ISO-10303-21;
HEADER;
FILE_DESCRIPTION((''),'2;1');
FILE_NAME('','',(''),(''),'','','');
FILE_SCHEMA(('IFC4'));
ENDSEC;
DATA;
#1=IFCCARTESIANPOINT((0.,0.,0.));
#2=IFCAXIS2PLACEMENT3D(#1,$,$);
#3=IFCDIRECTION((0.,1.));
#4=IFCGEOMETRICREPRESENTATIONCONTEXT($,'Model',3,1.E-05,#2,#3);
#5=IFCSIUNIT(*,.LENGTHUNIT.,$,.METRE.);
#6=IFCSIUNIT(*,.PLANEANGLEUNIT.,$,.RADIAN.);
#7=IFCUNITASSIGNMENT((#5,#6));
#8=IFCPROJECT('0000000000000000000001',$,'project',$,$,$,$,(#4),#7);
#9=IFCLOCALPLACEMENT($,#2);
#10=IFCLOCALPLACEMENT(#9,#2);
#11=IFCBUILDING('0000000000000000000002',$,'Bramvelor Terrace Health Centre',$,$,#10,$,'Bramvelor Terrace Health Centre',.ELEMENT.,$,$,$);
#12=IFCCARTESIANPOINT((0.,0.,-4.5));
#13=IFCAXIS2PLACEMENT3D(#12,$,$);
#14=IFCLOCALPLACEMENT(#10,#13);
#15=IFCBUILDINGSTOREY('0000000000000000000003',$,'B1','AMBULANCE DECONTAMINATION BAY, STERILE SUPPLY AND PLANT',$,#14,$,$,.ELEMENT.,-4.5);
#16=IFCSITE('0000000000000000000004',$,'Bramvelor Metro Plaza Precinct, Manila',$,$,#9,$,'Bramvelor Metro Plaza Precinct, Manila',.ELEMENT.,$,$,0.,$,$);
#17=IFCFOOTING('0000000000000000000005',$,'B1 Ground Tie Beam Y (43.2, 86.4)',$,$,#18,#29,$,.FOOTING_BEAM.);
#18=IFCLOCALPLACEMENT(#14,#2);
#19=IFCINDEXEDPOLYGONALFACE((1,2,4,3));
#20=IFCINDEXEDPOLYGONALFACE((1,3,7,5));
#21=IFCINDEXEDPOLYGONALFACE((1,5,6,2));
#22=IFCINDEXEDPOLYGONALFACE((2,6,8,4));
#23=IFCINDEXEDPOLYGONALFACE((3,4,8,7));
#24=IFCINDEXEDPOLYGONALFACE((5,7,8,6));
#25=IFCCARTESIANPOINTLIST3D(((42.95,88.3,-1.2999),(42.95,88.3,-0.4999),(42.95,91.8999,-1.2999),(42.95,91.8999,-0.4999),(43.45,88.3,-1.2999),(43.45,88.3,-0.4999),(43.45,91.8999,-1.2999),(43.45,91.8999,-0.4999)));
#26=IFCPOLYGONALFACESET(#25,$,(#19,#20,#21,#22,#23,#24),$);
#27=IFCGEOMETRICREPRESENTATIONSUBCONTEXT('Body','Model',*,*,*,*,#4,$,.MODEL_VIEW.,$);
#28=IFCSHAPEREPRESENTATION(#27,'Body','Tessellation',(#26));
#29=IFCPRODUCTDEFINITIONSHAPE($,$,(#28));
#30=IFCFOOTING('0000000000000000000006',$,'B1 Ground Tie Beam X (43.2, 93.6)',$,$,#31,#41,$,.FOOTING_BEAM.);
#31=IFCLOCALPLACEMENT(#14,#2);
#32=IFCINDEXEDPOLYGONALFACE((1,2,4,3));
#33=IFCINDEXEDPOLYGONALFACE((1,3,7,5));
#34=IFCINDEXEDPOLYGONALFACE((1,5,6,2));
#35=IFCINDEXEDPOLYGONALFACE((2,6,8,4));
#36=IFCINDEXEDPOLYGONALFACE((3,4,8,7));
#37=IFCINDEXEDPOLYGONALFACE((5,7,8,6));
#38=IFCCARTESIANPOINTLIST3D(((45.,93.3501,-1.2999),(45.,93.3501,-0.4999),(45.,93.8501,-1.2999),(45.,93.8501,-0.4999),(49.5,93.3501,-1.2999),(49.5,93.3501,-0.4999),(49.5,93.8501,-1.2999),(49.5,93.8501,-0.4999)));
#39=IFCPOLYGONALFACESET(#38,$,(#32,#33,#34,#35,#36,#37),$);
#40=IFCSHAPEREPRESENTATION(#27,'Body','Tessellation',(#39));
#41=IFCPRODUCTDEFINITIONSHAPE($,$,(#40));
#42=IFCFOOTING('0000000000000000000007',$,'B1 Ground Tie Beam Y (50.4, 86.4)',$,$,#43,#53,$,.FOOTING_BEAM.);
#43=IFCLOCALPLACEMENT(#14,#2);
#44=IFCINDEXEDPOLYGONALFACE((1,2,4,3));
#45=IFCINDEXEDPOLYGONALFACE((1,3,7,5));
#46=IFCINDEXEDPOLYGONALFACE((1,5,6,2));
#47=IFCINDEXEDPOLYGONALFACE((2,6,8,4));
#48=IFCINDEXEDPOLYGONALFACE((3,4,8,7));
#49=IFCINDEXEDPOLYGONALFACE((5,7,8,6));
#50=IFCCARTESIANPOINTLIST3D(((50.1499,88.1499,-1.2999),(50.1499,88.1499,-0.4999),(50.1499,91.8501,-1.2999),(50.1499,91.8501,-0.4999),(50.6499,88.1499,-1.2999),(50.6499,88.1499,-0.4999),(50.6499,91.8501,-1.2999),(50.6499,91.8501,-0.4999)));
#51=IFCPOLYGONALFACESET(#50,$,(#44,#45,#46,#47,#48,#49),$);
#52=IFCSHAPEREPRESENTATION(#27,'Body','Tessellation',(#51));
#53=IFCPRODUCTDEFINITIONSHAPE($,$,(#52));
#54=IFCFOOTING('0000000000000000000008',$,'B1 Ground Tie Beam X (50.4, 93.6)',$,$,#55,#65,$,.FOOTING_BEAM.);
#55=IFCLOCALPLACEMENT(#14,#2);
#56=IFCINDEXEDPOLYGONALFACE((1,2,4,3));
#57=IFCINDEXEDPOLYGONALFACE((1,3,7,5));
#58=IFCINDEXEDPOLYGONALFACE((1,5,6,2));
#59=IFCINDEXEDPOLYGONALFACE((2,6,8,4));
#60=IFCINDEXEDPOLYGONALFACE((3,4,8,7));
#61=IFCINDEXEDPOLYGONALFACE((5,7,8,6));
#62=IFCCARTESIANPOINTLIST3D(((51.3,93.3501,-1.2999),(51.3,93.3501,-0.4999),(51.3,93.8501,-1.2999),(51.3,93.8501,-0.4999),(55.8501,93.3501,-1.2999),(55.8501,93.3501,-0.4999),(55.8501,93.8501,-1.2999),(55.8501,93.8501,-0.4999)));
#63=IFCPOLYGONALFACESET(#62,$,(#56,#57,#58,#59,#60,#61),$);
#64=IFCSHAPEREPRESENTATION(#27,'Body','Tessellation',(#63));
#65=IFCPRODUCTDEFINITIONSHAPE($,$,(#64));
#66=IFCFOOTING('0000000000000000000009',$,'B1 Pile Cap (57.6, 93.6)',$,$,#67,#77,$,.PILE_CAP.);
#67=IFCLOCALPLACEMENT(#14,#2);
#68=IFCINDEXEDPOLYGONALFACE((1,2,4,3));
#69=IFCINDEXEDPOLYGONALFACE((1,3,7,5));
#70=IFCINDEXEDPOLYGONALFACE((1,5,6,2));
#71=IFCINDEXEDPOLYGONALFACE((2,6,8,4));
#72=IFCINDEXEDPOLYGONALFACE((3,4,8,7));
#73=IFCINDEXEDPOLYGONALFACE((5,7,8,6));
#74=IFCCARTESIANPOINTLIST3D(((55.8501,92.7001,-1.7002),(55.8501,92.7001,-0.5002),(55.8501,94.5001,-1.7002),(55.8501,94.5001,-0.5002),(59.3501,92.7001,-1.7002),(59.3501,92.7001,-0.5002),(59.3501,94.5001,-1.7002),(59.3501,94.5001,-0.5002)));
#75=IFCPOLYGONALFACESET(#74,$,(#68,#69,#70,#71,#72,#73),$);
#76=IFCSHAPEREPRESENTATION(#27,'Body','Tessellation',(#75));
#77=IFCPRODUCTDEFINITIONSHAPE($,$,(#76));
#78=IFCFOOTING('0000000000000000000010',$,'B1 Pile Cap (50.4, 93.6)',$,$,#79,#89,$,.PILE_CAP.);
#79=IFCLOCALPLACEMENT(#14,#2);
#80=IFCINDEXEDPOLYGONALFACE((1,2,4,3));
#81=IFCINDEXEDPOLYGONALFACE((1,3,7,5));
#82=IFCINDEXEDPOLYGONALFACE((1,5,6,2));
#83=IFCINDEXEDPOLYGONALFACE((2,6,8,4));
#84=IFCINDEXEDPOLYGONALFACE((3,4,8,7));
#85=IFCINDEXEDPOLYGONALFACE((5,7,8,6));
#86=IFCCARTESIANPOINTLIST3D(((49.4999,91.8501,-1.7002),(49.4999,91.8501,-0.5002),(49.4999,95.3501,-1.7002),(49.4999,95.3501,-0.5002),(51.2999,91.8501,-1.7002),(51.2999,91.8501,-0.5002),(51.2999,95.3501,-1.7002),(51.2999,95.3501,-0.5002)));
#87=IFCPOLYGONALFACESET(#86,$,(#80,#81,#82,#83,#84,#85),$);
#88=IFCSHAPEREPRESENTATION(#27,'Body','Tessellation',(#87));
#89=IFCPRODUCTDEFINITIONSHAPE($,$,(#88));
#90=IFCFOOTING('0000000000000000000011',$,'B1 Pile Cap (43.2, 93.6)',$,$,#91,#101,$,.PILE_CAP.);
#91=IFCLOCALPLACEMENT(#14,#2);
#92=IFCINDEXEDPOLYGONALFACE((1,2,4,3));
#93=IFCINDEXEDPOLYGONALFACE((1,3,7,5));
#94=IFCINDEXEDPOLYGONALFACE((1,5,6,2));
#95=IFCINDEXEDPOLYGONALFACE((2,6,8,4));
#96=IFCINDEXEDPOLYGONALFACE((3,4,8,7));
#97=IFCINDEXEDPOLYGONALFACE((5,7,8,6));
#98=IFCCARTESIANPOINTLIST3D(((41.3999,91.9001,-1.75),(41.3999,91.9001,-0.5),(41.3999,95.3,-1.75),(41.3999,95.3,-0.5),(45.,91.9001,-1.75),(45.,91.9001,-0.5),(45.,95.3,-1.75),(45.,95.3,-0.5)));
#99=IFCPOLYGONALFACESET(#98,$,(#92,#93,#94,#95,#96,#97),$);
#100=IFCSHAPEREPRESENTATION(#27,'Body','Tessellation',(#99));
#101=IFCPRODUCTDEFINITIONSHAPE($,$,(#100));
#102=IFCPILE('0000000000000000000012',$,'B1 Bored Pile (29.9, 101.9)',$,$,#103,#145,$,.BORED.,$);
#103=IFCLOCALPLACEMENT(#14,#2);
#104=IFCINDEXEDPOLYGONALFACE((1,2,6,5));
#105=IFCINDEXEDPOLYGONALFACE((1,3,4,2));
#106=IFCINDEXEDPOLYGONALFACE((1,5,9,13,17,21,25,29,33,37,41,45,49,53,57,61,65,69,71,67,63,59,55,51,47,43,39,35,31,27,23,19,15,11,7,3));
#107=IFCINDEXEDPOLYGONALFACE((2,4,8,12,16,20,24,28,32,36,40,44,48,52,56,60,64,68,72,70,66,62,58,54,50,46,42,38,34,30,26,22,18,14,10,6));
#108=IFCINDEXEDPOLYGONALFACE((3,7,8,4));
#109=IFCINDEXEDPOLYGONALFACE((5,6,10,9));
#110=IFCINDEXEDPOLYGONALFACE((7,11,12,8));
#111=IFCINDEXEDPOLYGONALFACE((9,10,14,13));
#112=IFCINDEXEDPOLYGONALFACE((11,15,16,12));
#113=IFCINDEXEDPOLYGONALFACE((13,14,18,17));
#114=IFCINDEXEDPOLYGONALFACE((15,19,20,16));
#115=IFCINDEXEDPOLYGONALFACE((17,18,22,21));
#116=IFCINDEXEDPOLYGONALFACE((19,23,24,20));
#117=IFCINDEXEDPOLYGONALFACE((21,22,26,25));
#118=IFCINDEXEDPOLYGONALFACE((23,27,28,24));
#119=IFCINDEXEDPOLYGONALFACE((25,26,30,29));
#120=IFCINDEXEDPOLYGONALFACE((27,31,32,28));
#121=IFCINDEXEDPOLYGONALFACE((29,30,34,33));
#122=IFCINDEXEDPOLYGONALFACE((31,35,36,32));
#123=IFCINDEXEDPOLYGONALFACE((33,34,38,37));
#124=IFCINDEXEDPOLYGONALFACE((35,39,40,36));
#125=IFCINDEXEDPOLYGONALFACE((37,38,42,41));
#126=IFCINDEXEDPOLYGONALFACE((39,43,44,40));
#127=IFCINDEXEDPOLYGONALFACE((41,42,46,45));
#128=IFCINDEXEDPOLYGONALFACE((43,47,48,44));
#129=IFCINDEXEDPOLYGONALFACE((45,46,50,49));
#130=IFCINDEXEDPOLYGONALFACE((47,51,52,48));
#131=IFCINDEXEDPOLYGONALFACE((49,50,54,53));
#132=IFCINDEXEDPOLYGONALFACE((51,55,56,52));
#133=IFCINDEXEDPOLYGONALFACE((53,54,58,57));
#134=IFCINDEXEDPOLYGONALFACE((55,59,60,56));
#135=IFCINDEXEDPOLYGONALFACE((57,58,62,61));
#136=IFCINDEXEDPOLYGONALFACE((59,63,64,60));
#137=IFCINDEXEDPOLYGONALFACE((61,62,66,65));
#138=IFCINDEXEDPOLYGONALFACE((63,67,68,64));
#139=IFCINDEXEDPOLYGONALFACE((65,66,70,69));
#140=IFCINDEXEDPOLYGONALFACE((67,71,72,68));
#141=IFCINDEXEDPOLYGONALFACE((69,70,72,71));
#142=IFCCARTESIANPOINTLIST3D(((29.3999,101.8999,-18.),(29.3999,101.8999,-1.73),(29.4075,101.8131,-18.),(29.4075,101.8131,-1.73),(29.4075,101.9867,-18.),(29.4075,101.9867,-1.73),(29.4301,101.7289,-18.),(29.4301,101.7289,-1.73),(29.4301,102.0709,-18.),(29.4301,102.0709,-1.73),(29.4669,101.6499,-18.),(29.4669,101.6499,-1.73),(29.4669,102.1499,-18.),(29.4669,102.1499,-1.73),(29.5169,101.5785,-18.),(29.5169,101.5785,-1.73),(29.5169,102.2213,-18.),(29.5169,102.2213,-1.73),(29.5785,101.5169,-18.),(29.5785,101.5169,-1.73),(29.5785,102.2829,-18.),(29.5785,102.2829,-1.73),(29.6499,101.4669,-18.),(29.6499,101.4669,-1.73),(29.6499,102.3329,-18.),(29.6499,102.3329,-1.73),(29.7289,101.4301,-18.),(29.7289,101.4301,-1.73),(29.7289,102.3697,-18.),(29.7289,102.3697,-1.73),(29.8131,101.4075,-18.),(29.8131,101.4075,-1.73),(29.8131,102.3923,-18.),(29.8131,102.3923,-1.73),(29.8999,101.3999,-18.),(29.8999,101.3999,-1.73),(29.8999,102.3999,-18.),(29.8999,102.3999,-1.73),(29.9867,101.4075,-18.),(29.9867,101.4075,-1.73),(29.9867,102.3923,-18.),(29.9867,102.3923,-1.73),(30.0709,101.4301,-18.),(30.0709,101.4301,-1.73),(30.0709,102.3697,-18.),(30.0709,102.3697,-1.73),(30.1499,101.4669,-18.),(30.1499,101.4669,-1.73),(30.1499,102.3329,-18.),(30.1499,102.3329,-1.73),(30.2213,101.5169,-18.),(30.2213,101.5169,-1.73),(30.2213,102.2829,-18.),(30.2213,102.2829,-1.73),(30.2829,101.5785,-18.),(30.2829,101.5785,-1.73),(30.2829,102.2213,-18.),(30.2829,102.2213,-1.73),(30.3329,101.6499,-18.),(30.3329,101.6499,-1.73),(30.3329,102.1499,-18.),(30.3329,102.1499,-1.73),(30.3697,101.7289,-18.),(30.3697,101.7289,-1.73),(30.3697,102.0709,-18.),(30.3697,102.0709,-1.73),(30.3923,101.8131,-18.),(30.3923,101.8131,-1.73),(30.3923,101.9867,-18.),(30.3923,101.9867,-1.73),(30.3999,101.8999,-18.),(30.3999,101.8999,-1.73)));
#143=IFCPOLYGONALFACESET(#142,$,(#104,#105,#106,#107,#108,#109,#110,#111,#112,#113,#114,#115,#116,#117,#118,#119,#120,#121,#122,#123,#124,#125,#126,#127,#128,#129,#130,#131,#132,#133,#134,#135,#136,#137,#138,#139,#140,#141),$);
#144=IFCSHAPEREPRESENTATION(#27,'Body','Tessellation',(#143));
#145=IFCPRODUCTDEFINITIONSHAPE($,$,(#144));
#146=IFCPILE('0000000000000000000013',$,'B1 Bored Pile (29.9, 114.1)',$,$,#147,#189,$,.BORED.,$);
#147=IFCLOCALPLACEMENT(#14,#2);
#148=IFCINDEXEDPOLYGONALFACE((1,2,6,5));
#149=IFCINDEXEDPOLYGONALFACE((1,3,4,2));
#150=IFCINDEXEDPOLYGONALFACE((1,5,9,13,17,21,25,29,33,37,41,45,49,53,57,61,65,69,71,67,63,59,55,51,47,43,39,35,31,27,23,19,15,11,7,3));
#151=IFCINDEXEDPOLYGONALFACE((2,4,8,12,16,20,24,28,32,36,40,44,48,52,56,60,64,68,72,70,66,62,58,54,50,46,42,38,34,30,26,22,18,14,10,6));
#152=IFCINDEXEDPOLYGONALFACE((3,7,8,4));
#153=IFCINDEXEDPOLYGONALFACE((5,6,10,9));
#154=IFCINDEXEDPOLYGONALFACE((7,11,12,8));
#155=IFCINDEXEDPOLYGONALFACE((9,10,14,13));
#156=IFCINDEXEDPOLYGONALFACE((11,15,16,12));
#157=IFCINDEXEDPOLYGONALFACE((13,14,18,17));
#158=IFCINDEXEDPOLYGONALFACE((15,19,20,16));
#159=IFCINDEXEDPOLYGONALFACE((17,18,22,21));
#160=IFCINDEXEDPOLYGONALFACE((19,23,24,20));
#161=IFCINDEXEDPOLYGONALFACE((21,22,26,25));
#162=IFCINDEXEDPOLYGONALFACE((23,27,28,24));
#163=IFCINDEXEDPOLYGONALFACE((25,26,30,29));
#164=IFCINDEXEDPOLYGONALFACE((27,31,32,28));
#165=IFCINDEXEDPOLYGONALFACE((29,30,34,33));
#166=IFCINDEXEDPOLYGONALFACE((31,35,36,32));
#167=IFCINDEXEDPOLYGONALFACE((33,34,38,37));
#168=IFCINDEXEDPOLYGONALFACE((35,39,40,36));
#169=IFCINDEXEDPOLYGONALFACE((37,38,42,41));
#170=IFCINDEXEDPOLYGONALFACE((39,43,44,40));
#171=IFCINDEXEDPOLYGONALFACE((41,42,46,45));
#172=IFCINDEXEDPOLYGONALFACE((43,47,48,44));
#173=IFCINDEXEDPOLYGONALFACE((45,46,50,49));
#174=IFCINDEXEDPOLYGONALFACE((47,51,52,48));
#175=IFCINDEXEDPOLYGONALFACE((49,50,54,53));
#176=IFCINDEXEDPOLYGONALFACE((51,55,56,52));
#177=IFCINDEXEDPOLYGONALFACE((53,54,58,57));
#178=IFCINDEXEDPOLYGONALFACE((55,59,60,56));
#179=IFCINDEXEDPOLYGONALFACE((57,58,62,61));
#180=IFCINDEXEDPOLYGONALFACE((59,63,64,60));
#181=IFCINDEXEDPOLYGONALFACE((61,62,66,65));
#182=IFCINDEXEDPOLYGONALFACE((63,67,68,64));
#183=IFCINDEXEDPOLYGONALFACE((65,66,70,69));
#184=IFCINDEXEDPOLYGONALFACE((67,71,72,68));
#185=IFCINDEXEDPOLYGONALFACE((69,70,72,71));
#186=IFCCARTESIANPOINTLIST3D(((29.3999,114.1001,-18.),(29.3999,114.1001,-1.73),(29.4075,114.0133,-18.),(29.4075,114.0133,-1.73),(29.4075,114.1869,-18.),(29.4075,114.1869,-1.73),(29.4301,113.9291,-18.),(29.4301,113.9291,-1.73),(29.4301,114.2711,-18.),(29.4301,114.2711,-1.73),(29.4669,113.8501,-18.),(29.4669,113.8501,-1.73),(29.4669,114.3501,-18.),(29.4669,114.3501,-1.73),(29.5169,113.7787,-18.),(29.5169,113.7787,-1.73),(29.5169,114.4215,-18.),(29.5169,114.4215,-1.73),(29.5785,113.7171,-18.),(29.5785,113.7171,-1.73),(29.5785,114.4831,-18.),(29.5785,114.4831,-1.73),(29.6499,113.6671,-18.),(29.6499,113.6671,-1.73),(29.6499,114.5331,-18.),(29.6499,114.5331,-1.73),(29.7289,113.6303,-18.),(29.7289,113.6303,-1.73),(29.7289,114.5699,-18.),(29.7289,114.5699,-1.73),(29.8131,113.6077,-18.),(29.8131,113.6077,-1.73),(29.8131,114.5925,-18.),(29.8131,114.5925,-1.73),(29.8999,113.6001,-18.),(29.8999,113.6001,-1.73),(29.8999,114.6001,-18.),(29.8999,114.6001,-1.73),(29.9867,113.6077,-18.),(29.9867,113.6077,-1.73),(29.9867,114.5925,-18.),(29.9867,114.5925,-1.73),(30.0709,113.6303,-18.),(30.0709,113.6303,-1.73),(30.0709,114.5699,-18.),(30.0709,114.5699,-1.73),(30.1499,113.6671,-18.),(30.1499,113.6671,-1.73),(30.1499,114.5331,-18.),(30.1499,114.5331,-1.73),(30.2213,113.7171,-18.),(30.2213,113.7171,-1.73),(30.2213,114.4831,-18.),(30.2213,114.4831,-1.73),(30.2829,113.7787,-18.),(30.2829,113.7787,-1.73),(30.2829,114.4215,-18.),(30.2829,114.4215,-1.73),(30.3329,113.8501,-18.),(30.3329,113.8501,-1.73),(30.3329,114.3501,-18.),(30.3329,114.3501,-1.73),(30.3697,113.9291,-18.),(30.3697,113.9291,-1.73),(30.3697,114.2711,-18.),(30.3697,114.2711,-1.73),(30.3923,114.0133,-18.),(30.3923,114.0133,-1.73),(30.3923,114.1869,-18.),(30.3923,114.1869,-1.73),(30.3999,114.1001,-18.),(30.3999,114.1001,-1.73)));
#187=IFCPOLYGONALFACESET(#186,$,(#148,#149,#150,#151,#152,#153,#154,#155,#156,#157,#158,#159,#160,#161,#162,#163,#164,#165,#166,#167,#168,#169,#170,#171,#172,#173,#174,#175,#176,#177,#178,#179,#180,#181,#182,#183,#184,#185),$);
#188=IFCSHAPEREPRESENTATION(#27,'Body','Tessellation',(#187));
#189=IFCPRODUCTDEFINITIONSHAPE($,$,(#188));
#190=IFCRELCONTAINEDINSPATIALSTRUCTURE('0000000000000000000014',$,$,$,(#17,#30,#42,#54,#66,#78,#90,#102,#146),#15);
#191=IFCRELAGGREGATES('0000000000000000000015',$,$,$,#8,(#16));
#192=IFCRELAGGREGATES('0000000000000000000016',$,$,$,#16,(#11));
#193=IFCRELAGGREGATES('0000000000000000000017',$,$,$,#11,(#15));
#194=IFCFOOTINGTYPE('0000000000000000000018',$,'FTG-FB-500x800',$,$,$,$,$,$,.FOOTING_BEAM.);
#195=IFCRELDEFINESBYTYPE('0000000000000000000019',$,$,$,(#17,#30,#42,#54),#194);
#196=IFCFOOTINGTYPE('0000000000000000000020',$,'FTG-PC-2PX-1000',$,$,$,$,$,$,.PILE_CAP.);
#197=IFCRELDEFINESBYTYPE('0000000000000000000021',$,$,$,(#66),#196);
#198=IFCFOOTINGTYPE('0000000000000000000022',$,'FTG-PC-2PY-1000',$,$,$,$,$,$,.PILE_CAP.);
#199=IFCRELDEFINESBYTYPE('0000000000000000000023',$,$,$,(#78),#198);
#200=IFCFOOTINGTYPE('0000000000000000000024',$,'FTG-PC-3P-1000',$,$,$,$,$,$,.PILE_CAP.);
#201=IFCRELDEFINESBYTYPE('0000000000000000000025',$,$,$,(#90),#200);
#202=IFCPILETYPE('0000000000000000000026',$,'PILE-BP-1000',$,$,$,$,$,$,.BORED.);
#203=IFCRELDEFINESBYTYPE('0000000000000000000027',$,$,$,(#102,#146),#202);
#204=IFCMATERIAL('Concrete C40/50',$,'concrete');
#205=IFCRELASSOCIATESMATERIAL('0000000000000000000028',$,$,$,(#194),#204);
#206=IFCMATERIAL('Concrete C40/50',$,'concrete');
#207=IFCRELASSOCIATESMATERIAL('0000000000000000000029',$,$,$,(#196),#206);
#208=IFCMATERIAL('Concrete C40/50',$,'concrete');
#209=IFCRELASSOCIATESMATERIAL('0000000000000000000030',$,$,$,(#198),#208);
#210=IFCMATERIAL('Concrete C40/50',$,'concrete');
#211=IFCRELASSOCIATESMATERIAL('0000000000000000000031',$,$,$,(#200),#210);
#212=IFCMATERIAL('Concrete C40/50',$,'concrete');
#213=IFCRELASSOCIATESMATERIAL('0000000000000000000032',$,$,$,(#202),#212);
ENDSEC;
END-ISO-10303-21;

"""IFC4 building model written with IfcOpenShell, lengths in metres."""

from ifc_helpers import new_model, si_unit, direction, frame, origin, origin_2d, place, context, subcontext, project, spatial, rectangle, circle, extrude, material, material_profile, profile_set, type_object, element, save


model = new_model("IFC4")

# Units and contexts
model_context = context("Model", 3, precision=1e-05, world=origin(), true_north=direction((0.0, 1.0)))
body_context = subcontext(model_context, "Body", "Model", "MODEL_VIEW")
ifc_project = project(units=[si_unit("LENGTHUNIT", "METRE"), si_unit("PLANEANGLEUNIT", "RADIAN")], contexts=[model_context])

# Site, building, storey
site_placement = place(None, origin())
site = spatial("IfcSite", under=ifc_project, at=site_placement, Name="Bramvelor Metro Plaza Precinct, Manila", LongName="Bramvelor Metro Plaza Precinct, Manila", CompositionType="ELEMENT", RefElevation=0.0)
building_placement = place(site_placement, origin())
building = spatial("IfcBuilding", under=site, at=building_placement, Name="Bramvelor Terrace Health Centre", LongName="Bramvelor Terrace Health Centre", CompositionType="ELEMENT")
storey_placement = place(building_placement, frame((0.0, 0.0, -4.5)))
storey = spatial("IfcBuildingStorey", under=building, at=storey_placement, Name="B1", Description="AMBULANCE DECONTAMINATION BAY, STERILE SUPPLY AND PLANT", CompositionType="ELEMENT", Elevation=-4.5)

# Footings
ifc_material_1 = material(Name="Concrete C40/50", Category="concrete")
ifc_material_profile_1 = material_profile(ifc_material_1, rectangle(XDim=0.5, YDim=0.8, at=origin_2d()), Name="RC 500x800")
ifc_profile_set_1 = profile_set([ifc_material_profile_1], Name="Concrete C40/50")
footing_type_1 = type_object("IfcFootingType", Name="FTG-FB-500x800", PredefinedType="FOOTING_BEAM", material=ifc_profile_set_1)
footing_1_placement = place(storey_placement, frame((43.2, 88.3, -0.8999), z_axis=(0.0, 1.0, 0.0), x_axis=(-1.0, 0.0, 0.0)))
element("IfcFooting", 1, at=footing_1_placement, inside=storey, type_object=footing_type_1, Name="B1 Ground Tie Beam Y (43.2, 86.4)", PredefinedType="FOOTING_BEAM", context=body_context, shape_type="SweptSolid", body=[
    extrude(rectangle(XDim=0.5, YDim=0.8, at=origin_2d()), origin(), (0.0, 0.0, 1.0), 3.5999),
])
footing_2_placement = place(storey_placement, frame((45.0, 93.6001, -0.8999), z_axis=(1.0, 0.0, 0.0), x_axis=(0.0, 1.0, 0.0)))
element("IfcFooting", 2, at=footing_2_placement, inside=storey, type_object=footing_type_1, Name="B1 Ground Tie Beam X (43.2, 93.6)", PredefinedType="FOOTING_BEAM", context=body_context, shape_type="SweptSolid", body=[
    extrude(rectangle(XDim=0.5, YDim=0.8, at=origin_2d()), origin(), (0.0, 0.0, 1.0), 4.5),
])
footing_3_placement = place(storey_placement, frame((50.3999, 88.1499, -0.8999), z_axis=(0.0, 1.0, 0.0), x_axis=(-1.0, 0.0, 0.0)))
element("IfcFooting", 3, at=footing_3_placement, inside=storey, type_object=footing_type_1, Name="B1 Ground Tie Beam Y (50.4, 86.4)", PredefinedType="FOOTING_BEAM", context=body_context, shape_type="SweptSolid", body=[
    extrude(rectangle(XDim=0.5, YDim=0.8, at=origin_2d()), origin(), (0.0, 0.0, 1.0), 3.7002),
])
footing_4_placement = place(storey_placement, frame((51.3, 93.6001, -0.8999), z_axis=(1.0, 0.0, 0.0), x_axis=(0.0, 1.0, 0.0)))
element("IfcFooting", 4, at=footing_4_placement, inside=storey, type_object=footing_type_1, Name="B1 Ground Tie Beam X (50.4, 93.6)", PredefinedType="FOOTING_BEAM", context=body_context, shape_type="SweptSolid", body=[
    extrude(rectangle(XDim=0.5, YDim=0.8, at=origin_2d()), origin(), (0.0, 0.0, 1.0), 4.55),
])
ifc_material_2 = material(Name="Concrete C40/50", Category="concrete")
footing_type_2 = type_object("IfcFootingType", Name="FTG-PC-2PX-1000", PredefinedType="PILE_CAP", material=ifc_material_2)
footing_5_placement = place(storey_placement, frame((57.6001, 93.6001, -1.7002), z_axis=(0.0, 0.0, 1.0), x_axis=(1.0, 0.0, 0.0)))
element("IfcFooting", 5, at=footing_5_placement, inside=storey, type_object=footing_type_2, Name="B1 Pile Cap (57.6, 93.6)", PredefinedType="PILE_CAP", context=body_context, shape_type="SweptSolid", body=[
    extrude(rectangle(XDim=3.5, YDim=1.8, at=origin_2d()), origin(), (0.0, 0.0, 1.0), 1.2),
])
ifc_material_3 = material(Name="Concrete C40/50", Category="concrete")
footing_type_3 = type_object("IfcFootingType", Name="FTG-PC-2PY-1000", PredefinedType="PILE_CAP", material=ifc_material_3)
footing_6_placement = place(storey_placement, frame((50.3999, 93.6001, -1.7002), z_axis=(0.0, 0.0, 1.0), x_axis=(1.0, 0.0, 0.0)))
element("IfcFooting", 6, at=footing_6_placement, inside=storey, type_object=footing_type_3, Name="B1 Pile Cap (50.4, 93.6)", PredefinedType="PILE_CAP", context=body_context, shape_type="SweptSolid", body=[
    extrude(rectangle(XDim=1.8, YDim=3.5, at=origin_2d()), origin(), (0.0, 0.0, 1.0), 1.2),
])
ifc_material_4 = material(Name="Concrete C40/50", Category="concrete")
footing_type_4 = type_object("IfcFootingType", Name="FTG-PC-3P-1000", PredefinedType="PILE_CAP", material=ifc_material_4)
footing_7_placement = place(storey_placement, frame((43.2, 93.6001, -1.75), z_axis=(0.0, 0.0, 1.0), x_axis=(1.0, 0.0, 0.0)))
element("IfcFooting", 7, at=footing_7_placement, inside=storey, type_object=footing_type_4, Name="B1 Pile Cap (43.2, 93.6)", PredefinedType="PILE_CAP", context=body_context, shape_type="SweptSolid", body=[
    extrude(rectangle(XDim=3.6001, YDim=3.3999, at=origin_2d()), origin(), (0.0, 0.0, 1.0), 1.25),
])

# Piles
ifc_material_5 = material(Name="Concrete C40/50", Category="concrete")
ifc_material_profile_2 = material_profile(ifc_material_5, circle(Radius=0.5, at=origin_2d()), Name="BP D1000")
ifc_profile_set_2 = profile_set([ifc_material_profile_2], Name="Concrete C40/50")
pile_type = type_object("IfcPileType", Name="PILE-BP-1000", PredefinedType="BORED", material=ifc_profile_set_2)
for number, where, z_axis, x_axis, name in (
    (8, (29.8999, 101.8999, -1.73), (0.0, 0.0, -1.0), (1.0, 0.0, 0.0), "B1 Bored Pile (29.9, 101.9)"),
    (9, (29.8999, 114.1001, -1.73), (0.0, 0.0, -1.0), (1.0, 0.0, 0.0), "B1 Bored Pile (29.9, 114.1)"),
):
    element("IfcPile", number, at=place(storey_placement, frame(where, z_axis=z_axis, x_axis=x_axis)), inside=storey, type_object=pile_type, Name=name, PredefinedType="BORED", context=body_context, shape_type="SweptSolid", body=[
        extrude(circle(Radius=0.5, at=origin_2d()), origin(), (0.0, 0.0, 1.0), 16.27),
    ])

save(model, "model.ifc")
